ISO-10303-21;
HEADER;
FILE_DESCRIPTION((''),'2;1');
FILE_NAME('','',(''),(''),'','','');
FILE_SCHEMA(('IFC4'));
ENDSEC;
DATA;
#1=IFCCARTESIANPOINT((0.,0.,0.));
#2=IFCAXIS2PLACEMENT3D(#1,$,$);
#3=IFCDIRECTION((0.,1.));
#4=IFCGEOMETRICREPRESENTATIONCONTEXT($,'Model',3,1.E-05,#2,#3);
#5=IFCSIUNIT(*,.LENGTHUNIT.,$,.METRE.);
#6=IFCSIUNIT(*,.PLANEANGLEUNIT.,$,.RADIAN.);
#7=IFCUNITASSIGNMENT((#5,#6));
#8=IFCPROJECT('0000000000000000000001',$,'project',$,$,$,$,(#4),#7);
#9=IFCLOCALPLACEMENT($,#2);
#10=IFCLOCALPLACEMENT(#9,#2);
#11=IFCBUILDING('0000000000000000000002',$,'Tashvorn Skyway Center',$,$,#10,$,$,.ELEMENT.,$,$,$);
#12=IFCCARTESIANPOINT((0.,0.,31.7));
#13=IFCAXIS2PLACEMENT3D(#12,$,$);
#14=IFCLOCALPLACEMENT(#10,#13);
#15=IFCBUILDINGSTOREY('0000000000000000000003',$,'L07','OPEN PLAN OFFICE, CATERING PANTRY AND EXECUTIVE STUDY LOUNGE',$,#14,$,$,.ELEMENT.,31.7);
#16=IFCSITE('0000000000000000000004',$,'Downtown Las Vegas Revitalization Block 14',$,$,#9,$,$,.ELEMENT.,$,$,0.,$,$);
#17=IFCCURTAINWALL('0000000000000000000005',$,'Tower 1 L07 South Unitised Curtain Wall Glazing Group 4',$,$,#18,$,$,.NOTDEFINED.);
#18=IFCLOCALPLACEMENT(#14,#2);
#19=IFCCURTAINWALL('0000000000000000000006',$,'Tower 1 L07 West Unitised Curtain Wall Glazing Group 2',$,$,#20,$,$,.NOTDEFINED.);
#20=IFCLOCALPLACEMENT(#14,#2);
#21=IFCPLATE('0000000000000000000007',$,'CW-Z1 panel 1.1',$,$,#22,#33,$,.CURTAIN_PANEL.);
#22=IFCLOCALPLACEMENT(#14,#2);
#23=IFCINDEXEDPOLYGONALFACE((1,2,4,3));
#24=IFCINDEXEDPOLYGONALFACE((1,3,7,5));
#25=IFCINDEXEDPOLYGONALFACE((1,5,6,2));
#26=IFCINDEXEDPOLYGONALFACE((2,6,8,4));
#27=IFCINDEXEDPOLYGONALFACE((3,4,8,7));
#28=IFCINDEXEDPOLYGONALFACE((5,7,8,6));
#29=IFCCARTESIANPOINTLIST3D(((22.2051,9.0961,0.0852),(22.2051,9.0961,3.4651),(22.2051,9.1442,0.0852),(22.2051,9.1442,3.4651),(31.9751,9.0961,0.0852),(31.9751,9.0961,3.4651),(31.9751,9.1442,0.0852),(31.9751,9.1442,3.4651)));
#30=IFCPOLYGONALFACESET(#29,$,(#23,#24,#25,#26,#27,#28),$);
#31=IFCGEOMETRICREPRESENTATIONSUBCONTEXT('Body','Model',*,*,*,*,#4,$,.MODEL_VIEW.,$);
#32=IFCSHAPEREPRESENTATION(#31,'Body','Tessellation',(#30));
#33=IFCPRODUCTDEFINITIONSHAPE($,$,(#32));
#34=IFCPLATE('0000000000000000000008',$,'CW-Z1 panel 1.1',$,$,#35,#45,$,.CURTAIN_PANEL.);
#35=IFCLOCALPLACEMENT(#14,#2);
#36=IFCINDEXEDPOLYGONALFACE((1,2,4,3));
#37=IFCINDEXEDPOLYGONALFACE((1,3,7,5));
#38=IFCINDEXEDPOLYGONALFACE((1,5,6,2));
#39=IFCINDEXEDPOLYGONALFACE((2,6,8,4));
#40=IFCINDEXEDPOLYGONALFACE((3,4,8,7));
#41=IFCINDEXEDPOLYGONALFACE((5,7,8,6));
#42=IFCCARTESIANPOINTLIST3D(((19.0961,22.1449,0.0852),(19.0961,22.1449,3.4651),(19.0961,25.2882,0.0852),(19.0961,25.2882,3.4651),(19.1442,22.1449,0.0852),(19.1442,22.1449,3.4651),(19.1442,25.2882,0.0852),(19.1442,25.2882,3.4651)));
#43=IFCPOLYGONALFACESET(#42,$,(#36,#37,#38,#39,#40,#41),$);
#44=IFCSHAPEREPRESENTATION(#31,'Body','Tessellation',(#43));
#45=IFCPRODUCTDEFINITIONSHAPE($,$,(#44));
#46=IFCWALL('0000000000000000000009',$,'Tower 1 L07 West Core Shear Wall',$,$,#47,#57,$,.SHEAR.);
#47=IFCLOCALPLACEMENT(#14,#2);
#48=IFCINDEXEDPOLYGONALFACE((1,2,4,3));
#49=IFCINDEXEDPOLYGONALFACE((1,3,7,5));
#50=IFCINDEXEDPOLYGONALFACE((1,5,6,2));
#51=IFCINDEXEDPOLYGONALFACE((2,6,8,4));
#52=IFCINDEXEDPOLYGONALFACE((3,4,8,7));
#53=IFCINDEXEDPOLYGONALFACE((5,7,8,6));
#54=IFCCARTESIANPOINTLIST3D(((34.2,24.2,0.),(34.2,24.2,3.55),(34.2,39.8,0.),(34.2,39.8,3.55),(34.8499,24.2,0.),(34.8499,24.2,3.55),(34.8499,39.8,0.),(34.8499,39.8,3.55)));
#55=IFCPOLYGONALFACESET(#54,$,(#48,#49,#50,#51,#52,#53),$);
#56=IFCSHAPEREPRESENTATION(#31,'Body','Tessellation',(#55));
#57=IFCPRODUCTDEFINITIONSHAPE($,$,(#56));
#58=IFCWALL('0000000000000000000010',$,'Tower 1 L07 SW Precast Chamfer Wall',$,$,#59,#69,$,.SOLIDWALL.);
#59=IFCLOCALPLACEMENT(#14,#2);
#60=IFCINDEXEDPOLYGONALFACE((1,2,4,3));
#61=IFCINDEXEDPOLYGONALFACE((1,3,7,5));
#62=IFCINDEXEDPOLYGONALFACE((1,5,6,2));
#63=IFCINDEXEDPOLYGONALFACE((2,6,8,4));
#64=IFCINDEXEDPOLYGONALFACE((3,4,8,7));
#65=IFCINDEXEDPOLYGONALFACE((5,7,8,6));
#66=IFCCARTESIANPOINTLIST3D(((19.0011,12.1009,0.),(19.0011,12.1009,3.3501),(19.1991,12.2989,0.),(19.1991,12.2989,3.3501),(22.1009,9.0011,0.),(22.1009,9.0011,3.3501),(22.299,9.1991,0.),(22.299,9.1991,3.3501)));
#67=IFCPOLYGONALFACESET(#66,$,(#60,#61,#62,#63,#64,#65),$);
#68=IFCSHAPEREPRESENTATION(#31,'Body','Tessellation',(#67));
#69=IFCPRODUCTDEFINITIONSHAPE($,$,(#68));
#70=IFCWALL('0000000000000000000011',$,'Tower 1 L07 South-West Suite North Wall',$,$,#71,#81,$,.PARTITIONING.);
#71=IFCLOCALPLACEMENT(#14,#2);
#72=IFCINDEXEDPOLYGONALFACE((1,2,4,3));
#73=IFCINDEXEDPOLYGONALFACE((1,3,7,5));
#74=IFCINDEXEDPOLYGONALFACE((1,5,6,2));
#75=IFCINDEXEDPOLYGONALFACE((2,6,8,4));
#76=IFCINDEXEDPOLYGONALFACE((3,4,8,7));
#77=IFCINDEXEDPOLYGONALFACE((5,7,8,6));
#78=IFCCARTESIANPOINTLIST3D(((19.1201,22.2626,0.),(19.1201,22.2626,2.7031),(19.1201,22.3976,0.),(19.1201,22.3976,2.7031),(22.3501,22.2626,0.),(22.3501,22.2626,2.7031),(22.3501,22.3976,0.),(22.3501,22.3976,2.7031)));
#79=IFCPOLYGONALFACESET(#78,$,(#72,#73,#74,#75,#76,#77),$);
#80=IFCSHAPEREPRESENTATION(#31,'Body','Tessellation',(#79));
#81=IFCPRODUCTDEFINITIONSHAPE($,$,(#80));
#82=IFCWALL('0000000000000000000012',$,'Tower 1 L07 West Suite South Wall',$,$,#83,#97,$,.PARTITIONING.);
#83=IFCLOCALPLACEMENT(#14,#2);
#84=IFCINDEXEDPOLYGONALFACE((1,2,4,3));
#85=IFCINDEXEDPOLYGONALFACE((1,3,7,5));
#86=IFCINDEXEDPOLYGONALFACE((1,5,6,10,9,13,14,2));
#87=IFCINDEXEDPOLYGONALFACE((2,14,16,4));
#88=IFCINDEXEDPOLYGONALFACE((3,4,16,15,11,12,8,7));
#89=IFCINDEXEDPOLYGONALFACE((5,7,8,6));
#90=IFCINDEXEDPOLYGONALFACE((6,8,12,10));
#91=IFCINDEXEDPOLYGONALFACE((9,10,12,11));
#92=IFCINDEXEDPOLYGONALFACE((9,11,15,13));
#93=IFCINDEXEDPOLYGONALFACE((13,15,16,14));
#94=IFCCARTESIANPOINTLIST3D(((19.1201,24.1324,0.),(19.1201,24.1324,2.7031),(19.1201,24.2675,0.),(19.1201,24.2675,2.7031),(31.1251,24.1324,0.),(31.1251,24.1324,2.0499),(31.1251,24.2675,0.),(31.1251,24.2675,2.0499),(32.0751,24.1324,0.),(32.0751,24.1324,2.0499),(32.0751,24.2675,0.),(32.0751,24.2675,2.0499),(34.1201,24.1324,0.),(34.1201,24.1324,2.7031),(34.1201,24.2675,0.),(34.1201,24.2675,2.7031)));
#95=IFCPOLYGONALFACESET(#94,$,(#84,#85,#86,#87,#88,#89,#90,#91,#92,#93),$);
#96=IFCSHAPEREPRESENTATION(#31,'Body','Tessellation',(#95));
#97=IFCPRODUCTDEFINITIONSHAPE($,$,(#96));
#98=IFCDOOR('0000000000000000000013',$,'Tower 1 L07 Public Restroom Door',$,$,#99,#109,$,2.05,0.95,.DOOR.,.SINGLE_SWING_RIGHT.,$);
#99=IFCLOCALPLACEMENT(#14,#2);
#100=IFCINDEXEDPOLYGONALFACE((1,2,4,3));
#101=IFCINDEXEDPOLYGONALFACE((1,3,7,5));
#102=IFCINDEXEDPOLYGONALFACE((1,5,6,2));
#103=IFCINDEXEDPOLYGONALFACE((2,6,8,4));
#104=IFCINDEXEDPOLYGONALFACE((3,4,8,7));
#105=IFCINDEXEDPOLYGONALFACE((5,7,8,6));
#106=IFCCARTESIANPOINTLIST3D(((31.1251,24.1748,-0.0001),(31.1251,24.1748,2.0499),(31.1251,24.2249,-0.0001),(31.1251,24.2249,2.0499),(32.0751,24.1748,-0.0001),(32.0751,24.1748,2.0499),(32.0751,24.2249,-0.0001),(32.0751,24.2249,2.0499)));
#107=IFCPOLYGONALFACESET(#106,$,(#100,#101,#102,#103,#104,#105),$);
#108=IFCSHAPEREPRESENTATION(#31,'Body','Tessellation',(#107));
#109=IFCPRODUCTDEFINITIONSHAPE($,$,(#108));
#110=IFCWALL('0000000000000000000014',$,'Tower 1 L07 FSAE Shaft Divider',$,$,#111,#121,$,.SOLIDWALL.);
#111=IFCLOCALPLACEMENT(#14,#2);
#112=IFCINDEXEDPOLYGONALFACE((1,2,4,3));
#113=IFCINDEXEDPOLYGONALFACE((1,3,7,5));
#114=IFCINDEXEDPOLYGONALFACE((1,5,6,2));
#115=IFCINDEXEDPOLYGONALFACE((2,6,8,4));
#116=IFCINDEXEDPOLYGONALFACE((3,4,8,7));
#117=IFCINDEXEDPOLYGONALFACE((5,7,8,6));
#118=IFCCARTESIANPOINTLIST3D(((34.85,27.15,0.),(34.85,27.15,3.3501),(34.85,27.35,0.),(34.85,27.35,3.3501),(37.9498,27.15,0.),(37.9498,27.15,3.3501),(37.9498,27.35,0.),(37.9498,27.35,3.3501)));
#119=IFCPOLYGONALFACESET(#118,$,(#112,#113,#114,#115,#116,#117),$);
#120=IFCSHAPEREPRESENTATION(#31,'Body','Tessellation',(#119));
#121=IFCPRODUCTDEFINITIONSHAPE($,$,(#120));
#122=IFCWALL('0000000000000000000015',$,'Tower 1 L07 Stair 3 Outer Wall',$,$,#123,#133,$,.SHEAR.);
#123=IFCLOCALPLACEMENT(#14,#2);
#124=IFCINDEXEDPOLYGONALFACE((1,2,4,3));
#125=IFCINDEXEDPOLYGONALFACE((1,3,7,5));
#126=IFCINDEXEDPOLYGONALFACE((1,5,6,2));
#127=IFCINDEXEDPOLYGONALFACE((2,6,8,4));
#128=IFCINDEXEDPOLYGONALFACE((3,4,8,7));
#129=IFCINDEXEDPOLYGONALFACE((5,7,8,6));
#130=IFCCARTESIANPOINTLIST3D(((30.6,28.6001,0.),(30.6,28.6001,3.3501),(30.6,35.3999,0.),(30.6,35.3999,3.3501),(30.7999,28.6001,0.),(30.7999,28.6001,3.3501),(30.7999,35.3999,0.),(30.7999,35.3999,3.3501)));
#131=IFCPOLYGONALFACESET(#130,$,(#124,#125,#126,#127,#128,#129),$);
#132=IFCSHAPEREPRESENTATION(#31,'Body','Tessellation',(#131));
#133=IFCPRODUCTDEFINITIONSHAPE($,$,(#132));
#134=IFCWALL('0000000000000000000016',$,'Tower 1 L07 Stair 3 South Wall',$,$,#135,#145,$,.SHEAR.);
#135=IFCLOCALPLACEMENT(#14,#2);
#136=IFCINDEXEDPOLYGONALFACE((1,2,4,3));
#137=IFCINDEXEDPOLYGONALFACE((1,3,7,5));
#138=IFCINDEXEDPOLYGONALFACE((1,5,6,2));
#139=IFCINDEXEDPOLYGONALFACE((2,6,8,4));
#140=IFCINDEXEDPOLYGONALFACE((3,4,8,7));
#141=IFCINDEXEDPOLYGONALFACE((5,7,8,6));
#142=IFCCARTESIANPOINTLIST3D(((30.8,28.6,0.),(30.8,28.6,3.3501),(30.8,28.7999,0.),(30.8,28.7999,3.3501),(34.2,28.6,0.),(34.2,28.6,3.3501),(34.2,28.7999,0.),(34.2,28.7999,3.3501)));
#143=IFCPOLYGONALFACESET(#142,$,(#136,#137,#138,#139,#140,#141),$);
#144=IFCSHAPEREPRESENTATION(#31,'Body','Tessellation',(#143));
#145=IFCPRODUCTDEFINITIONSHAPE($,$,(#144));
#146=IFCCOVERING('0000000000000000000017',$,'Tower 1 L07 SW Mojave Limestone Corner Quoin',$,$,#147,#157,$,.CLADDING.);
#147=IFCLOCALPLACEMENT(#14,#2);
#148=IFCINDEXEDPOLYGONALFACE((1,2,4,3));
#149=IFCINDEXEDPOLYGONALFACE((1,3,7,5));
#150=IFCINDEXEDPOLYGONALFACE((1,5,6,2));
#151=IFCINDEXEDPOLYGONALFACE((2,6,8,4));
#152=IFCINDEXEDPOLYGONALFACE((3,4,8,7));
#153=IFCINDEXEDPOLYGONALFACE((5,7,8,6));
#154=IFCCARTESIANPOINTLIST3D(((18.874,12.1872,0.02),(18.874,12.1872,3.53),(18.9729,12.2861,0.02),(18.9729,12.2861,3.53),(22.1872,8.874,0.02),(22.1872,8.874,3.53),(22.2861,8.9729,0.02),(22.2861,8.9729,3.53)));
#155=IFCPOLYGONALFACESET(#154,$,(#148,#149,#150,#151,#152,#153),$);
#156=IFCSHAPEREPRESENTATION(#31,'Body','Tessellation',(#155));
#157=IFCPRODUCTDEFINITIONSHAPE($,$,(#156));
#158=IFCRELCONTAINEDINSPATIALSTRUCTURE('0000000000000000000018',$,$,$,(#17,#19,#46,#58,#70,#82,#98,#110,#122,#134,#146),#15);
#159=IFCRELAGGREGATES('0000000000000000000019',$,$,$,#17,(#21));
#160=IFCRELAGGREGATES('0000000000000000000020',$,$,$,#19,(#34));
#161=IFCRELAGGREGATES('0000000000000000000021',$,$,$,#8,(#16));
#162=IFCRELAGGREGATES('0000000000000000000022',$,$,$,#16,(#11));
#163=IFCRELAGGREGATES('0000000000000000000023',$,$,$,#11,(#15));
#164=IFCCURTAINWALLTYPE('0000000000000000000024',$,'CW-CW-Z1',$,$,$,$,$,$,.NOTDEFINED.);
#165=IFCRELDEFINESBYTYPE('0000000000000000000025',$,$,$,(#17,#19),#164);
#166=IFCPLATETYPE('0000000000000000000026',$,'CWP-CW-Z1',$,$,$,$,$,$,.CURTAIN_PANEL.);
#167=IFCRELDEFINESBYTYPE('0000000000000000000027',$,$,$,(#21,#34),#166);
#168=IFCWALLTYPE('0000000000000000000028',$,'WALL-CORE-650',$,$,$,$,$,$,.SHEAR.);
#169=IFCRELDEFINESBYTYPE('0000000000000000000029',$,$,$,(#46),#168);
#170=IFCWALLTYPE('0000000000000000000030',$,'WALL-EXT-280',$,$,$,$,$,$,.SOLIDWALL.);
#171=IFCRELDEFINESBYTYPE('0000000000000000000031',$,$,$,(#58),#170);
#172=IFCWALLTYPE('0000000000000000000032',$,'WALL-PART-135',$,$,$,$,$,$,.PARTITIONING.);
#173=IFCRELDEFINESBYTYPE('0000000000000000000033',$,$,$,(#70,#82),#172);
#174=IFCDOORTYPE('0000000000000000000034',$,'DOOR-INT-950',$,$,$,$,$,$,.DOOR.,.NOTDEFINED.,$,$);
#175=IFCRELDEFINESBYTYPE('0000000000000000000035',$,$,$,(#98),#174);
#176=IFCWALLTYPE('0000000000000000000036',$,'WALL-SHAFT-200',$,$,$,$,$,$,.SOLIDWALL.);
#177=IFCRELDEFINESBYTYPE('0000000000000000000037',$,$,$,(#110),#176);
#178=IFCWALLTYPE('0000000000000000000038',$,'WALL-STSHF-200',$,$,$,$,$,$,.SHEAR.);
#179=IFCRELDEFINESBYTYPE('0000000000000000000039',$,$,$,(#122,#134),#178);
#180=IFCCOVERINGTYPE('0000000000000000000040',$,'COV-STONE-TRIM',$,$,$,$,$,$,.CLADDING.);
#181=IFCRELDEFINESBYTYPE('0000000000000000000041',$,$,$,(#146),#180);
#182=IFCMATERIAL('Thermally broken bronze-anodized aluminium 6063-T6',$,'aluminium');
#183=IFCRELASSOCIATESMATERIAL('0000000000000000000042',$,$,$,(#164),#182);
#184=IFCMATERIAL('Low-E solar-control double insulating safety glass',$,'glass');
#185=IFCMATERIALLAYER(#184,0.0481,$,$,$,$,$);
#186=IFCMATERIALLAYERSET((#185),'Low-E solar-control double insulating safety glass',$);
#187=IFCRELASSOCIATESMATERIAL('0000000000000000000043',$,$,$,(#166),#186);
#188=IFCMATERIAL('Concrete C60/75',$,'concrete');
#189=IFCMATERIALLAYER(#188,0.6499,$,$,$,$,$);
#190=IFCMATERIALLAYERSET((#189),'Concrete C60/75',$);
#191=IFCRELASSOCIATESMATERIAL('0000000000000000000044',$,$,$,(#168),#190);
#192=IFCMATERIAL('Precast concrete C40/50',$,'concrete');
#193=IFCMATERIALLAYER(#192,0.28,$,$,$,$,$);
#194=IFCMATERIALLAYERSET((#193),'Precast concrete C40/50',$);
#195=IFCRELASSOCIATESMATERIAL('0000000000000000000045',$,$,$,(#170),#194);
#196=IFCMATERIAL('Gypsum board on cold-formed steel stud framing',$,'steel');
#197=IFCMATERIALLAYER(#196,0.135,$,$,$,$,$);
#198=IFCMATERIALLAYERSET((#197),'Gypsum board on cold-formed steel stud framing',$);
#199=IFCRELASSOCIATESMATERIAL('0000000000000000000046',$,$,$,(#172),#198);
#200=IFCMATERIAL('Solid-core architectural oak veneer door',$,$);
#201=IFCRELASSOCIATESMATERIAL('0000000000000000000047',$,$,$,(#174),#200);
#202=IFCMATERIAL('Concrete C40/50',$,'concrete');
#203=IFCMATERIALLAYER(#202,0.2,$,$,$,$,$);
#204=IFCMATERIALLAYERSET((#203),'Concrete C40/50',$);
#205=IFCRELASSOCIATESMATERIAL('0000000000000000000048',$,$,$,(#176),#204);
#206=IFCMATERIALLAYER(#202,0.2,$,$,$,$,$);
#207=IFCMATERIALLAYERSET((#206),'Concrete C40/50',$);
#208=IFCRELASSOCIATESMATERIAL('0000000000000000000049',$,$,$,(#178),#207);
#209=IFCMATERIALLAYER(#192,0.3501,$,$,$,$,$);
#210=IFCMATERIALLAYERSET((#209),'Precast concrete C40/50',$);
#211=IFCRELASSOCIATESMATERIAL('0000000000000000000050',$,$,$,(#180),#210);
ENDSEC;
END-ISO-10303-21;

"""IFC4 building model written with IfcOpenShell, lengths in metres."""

from ifc_helpers import new_model, si_unit, direction, frame, frame_2d, origin, origin_2d, place, context, subcontext, project, spatial, rectangle, extrude, material, layer, layer_set, type_object, element, fill, aggregate, save


model = new_model("IFC4")

# Units and contexts
model_context = context("Model", 3, precision=1e-05, world=origin(), true_north=direction((0.0, 1.0)))
body_context = subcontext(model_context, "Body", "Model", "MODEL_VIEW")
ifc_project = project(units=[si_unit("LENGTHUNIT", "METRE"), si_unit("PLANEANGLEUNIT", "RADIAN")], contexts=[model_context])

# Site, building, storey
site_placement = place(None, origin())
site = spatial("IfcSite", under=ifc_project, at=site_placement, Name="Downtown Las Vegas Revitalization Block 14", CompositionType="ELEMENT", RefElevation=0.0)
building_placement = place(site_placement, origin())
building = spatial("IfcBuilding", under=site, at=building_placement, Name="Tashvorn Skyway Center", CompositionType="ELEMENT")
storey_placement = place(building_placement, frame((0.0, 0.0, 31.7)))
storey = spatial("IfcBuildingStorey", under=building, at=storey_placement, Name="L07", Description="OPEN PLAN OFFICE, CATERING PANTRY AND EXECUTIVE STUDY LOUNGE", CompositionType="ELEMENT", Elevation=31.7)

# Curtain wall
ifc_material_1 = material(Name="Thermally broken bronze-anodized aluminium 6063-T6", Category="aluminium")
curtain_wall_type = type_object("IfcCurtainWallType", Name="CW-CW-Z1", PredefinedType="NOTDEFINED", material=ifc_material_1)
curtain_wall_1_placement = place(storey_placement, origin())
curtain_wall_1 = element("IfcCurtainWall", 1, at=curtain_wall_1_placement, inside=storey, type_object=curtain_wall_type, Name="Tower 1 L07 South Unitised Curtain Wall Glazing Group 4", PredefinedType="NOTDEFINED")

# Curtain wall
curtain_wall_2_placement = place(storey_placement, origin())
curtain_wall_2 = element("IfcCurtainWall", 2, at=curtain_wall_2_placement, inside=storey, type_object=curtain_wall_type, Name="Tower 1 L07 West Unitised Curtain Wall Glazing Group 2", PredefinedType="NOTDEFINED")

# Plates
ifc_material_2 = material(Name="Low-E solar-control double insulating safety glass", Category="glass")
ifc_layer_1 = layer(ifc_material_2, 0.0481)
ifc_layer_set_1 = layer_set([ifc_layer_1], Name="Low-E solar-control double insulating safety glass")
plate_type = type_object("IfcPlateType", Name="CWP-CW-Z1", PredefinedType="CURTAIN_PANEL", material=ifc_layer_set_1)
plate_1_placement = place(storey_placement, frame((27.0901, 9.1201, 0.0852), z_axis=(0.0, 0.0, 1.0), x_axis=(-1.0, 0.0, 0.0)))
plate_1 = element("IfcPlate", 3, at=plate_1_placement, type_object=plate_type, Name="CW-Z1 panel 1.1", PredefinedType="CURTAIN_PANEL", context=body_context, shape_type="SweptSolid", body=[
    extrude(rectangle(XDim=9.77, YDim=0.0481, at=origin_2d()), origin(), (0.0, 0.0, 1.0), 3.3799),
])
aggregate(curtain_wall_1, [plate_1])
plate_2_placement = place(storey_placement, frame((19.1201, 23.7166, 0.0852), z_axis=(0.0, 0.0, 1.0), x_axis=(0.0, 1.0, 0.0)))
plate_2 = element("IfcPlate", 4, at=plate_2_placement, type_object=plate_type, Name="CW-Z1 panel 1.1", PredefinedType="CURTAIN_PANEL", context=body_context, shape_type="SweptSolid", body=[
    extrude(rectangle(XDim=3.1433, YDim=0.0481, at=origin_2d()), origin(), (0.0, 0.0, 1.0), 3.3799),
])
aggregate(curtain_wall_2, [plate_2])

# Walls
ifc_material_3 = material(Name="Concrete C60/75", Category="concrete")
ifc_layer_2 = layer(ifc_material_3, 0.6499)
ifc_layer_set_2 = layer_set([ifc_layer_2], Name="Concrete C60/75")
wall_type_1 = type_object("IfcWallType", Name="WALL-CORE-650", PredefinedType="SHEAR", material=ifc_layer_set_2)
wall_1_placement = place(storey_placement, frame((34.5249, 24.2, 0.0), z_axis=(0.0, 0.0, 1.0), x_axis=(0.0, 1.0, 0.0)))
element("IfcWall", 5, at=wall_1_placement, inside=storey, type_object=wall_type_1, Name="Tower 1 L07 West Core Shear Wall", PredefinedType="SHEAR", context=body_context, shape_type="SweptSolid", body=[
    extrude(rectangle(XDim=15.6001, YDim=0.6499, at=frame_2d((7.8, 0.0))), origin(), (0.0, 0.0, 1.0), 3.55),
])
ifc_material_4 = material(Name="Precast concrete C40/50", Category="concrete")
ifc_layer_3 = layer(ifc_material_4, 0.28)
ifc_layer_set_3 = layer_set([ifc_layer_3], Name="Precast concrete C40/50")
wall_type_2 = type_object("IfcWallType", Name="WALL-EXT-280", PredefinedType="SOLIDWALL", material=ifc_layer_set_3)
wall_2_placement = place(storey_placement, frame((22.2, 9.1001, 0.0), z_axis=(0.0, 0.0, 1.0), x_axis=(-0.707107, 0.707107, 0.0)))
element("IfcWall", 6, at=wall_2_placement, inside=storey, type_object=wall_type_2, Name="Tower 1 L07 SW Precast Chamfer Wall", PredefinedType="SOLIDWALL", context=body_context, shape_type="SweptSolid", body=[
    extrude(rectangle(XDim=4.3838, YDim=0.28, at=frame_2d((2.1919, 0.0))), origin(), (0.0, 0.0, 1.0), 3.3501),
])
ifc_material_5 = material(Name="Gypsum board on cold-formed steel stud framing", Category="steel")
ifc_layer_4 = layer(ifc_material_5, 0.135)
ifc_layer_set_4 = layer_set([ifc_layer_4], Name="Gypsum board on cold-formed steel stud framing")
wall_type_3 = type_object("IfcWallType", Name="WALL-PART-135", PredefinedType="PARTITIONING", material=ifc_layer_set_4)
wall_3_placement = place(storey_placement, frame((19.1201, 22.3301, 0.0), z_axis=(0.0, 0.0, 1.0), x_axis=(1.0, 0.0, 0.0)))
element("IfcWall", 7, at=wall_3_placement, inside=storey, type_object=wall_type_3, Name="Tower 1 L07 South-West Suite North Wall", PredefinedType="PARTITIONING", context=body_context, shape_type="SweptSolid", body=[
    extrude(rectangle(XDim=3.23, YDim=0.135, at=frame_2d((1.615, 0.0))), origin(), (0.0, 0.0, 1.0), 2.7031),
])

# Wall, opening, door
wall_4_placement = place(storey_placement, frame((19.1201, 24.2, 0.0), z_axis=(0.0, 0.0, 1.0), x_axis=(1.0, 0.0, 0.0)))
wall_4 = element("IfcWall", 8, at=wall_4_placement, inside=storey, type_object=wall_type_3, Name="Tower 1 L07 West Suite South Wall", PredefinedType="PARTITIONING", context=body_context, shape_type="SweptSolid", body=[
    extrude(rectangle(XDim=15.0, YDim=0.135, at=frame_2d((7.5, 0.0))), origin(), (0.0, 0.0, 1.0), 2.7031),
])
opening_placement = place(wall_4_placement, frame((12.0049, 0.0, 0.0)))
opening = element("IfcOpeningElement", 9, at=opening_placement, cuts=wall_4, PredefinedType="OPENING", context=body_context, shape_type="SweptSolid", body=[
    extrude(rectangle(XDim=0.95, YDim=2.05, at=frame_2d((0.4751, 1.0249))), frame((0.0, 0.0774, 0.0), z_axis=(0.0, -1.0, 0.0), x_axis=(1.0, 0.0, 0.0)), (0.0, 0.0, 1.0), 0.155),
])
ifc_material_6 = material(Name="Solid-core architectural oak veneer door")
door_type = type_object("IfcDoorType", Name="DOOR-INT-950", OperationType="NOTDEFINED", PredefinedType="DOOR", material=ifc_material_6)
door_placement = place(opening_placement, origin())
door = element("IfcDoor", 10, at=door_placement, inside=storey, type_object=door_type, Name="Tower 1 L07 Public Restroom Door", OperationType="SINGLE_SWING_RIGHT", OverallHeight=2.05, OverallWidth=0.95, PredefinedType="DOOR", context=body_context, shape_type="SweptSolid", body=[
    extrude(rectangle(XDim=0.95, YDim=2.05, at=frame_2d((0.4751, 1.0249))), frame((0.0, 0.0249, 0.0), z_axis=(0.0, -1.0, 0.0), x_axis=(1.0, 0.0, 0.0)), (0.0, 0.0, 1.0), 0.05),
])
fill(opening, door)

# Walls
ifc_material_7 = material(Name="Concrete C40/50", Category="concrete")
ifc_layer_5 = layer(ifc_material_7, 0.2)
ifc_layer_set_5 = layer_set([ifc_layer_5], Name="Concrete C40/50")
wall_type_4 = type_object("IfcWallType", Name="WALL-SHAFT-200", PredefinedType="SOLIDWALL", material=ifc_layer_set_5)
wall_5_placement = place(storey_placement, frame((34.8501, 27.25, 0.0), z_axis=(0.0, 0.0, 1.0), x_axis=(1.0, 0.0, 0.0)))
element("IfcWall", 11, at=wall_5_placement, inside=storey, type_object=wall_type_4, Name="Tower 1 L07 FSAE Shaft Divider", PredefinedType="SOLIDWALL", context=body_context, shape_type="SweptSolid", body=[
    extrude(rectangle(XDim=3.0999, YDim=0.2, at=frame_2d((1.5498, 0.0))), origin(), (0.0, 0.0, 1.0), 3.3501),
])
ifc_layer_6 = layer(ifc_material_7, 0.2)
ifc_layer_set_6 = layer_set([ifc_layer_6], Name="Concrete C40/50")
wall_type_5 = type_object("IfcWallType", Name="WALL-STSHF-200", PredefinedType="SHEAR", material=ifc_layer_set_6)
wall_6_placement = place(storey_placement, frame((30.7, 28.6001, 0.0), z_axis=(0.0, 0.0, 1.0), x_axis=(0.0, 1.0, 0.0)))
element("IfcWall", 12, at=wall_6_placement, inside=storey, type_object=wall_type_5, Name="Tower 1 L07 Stair 3 Outer Wall", PredefinedType="SHEAR", context=body_context, shape_type="SweptSolid", body=[
    extrude(rectangle(XDim=6.7998, YDim=0.2, at=frame_2d((3.3999, 0.0))), origin(), (0.0, 0.0, 1.0), 3.3501),
])
wall_7_placement = place(storey_placement, frame((30.8, 28.7, 0.0), z_axis=(0.0, 0.0, 1.0), x_axis=(1.0, 0.0, 0.0)))
element("IfcWall", 13, at=wall_7_placement, inside=storey, type_object=wall_type_5, Name="Tower 1 L07 Stair 3 South Wall", PredefinedType="SHEAR", context=body_context, shape_type="SweptSolid", body=[
    extrude(rectangle(XDim=3.3999, YDim=0.2, at=frame_2d((1.7, 0.0))), origin(), (0.0, 0.0, 1.0), 3.3501),
])

# Covering
ifc_layer_7 = layer(ifc_material_4, 0.3501)
ifc_layer_set_7 = layer_set([ifc_layer_7], Name="Precast concrete C40/50")
covering_type = type_object("IfcCoveringType", Name="COV-STONE-TRIM", PredefinedType="CLADDING", material=ifc_layer_set_7)
covering_placement = place(storey_placement, frame((20.5801, 10.5801, 0.02), z_axis=(0.0, 0.0, 1.0), x_axis=(-0.707107, 0.707107, 0.0)))
element("IfcCovering", 14, at=covering_placement, inside=storey, type_object=covering_type, Name="Tower 1 L07 SW Mojave Limestone Corner Quoin", PredefinedType="CLADDING", context=body_context, shape_type="SweptSolid", body=[
    extrude(rectangle(XDim=4.6855, YDim=0.1399, at=origin_2d()), origin(), (0.0, 0.0, 1.0), 3.51),
])

save(model, "model.ifc")
